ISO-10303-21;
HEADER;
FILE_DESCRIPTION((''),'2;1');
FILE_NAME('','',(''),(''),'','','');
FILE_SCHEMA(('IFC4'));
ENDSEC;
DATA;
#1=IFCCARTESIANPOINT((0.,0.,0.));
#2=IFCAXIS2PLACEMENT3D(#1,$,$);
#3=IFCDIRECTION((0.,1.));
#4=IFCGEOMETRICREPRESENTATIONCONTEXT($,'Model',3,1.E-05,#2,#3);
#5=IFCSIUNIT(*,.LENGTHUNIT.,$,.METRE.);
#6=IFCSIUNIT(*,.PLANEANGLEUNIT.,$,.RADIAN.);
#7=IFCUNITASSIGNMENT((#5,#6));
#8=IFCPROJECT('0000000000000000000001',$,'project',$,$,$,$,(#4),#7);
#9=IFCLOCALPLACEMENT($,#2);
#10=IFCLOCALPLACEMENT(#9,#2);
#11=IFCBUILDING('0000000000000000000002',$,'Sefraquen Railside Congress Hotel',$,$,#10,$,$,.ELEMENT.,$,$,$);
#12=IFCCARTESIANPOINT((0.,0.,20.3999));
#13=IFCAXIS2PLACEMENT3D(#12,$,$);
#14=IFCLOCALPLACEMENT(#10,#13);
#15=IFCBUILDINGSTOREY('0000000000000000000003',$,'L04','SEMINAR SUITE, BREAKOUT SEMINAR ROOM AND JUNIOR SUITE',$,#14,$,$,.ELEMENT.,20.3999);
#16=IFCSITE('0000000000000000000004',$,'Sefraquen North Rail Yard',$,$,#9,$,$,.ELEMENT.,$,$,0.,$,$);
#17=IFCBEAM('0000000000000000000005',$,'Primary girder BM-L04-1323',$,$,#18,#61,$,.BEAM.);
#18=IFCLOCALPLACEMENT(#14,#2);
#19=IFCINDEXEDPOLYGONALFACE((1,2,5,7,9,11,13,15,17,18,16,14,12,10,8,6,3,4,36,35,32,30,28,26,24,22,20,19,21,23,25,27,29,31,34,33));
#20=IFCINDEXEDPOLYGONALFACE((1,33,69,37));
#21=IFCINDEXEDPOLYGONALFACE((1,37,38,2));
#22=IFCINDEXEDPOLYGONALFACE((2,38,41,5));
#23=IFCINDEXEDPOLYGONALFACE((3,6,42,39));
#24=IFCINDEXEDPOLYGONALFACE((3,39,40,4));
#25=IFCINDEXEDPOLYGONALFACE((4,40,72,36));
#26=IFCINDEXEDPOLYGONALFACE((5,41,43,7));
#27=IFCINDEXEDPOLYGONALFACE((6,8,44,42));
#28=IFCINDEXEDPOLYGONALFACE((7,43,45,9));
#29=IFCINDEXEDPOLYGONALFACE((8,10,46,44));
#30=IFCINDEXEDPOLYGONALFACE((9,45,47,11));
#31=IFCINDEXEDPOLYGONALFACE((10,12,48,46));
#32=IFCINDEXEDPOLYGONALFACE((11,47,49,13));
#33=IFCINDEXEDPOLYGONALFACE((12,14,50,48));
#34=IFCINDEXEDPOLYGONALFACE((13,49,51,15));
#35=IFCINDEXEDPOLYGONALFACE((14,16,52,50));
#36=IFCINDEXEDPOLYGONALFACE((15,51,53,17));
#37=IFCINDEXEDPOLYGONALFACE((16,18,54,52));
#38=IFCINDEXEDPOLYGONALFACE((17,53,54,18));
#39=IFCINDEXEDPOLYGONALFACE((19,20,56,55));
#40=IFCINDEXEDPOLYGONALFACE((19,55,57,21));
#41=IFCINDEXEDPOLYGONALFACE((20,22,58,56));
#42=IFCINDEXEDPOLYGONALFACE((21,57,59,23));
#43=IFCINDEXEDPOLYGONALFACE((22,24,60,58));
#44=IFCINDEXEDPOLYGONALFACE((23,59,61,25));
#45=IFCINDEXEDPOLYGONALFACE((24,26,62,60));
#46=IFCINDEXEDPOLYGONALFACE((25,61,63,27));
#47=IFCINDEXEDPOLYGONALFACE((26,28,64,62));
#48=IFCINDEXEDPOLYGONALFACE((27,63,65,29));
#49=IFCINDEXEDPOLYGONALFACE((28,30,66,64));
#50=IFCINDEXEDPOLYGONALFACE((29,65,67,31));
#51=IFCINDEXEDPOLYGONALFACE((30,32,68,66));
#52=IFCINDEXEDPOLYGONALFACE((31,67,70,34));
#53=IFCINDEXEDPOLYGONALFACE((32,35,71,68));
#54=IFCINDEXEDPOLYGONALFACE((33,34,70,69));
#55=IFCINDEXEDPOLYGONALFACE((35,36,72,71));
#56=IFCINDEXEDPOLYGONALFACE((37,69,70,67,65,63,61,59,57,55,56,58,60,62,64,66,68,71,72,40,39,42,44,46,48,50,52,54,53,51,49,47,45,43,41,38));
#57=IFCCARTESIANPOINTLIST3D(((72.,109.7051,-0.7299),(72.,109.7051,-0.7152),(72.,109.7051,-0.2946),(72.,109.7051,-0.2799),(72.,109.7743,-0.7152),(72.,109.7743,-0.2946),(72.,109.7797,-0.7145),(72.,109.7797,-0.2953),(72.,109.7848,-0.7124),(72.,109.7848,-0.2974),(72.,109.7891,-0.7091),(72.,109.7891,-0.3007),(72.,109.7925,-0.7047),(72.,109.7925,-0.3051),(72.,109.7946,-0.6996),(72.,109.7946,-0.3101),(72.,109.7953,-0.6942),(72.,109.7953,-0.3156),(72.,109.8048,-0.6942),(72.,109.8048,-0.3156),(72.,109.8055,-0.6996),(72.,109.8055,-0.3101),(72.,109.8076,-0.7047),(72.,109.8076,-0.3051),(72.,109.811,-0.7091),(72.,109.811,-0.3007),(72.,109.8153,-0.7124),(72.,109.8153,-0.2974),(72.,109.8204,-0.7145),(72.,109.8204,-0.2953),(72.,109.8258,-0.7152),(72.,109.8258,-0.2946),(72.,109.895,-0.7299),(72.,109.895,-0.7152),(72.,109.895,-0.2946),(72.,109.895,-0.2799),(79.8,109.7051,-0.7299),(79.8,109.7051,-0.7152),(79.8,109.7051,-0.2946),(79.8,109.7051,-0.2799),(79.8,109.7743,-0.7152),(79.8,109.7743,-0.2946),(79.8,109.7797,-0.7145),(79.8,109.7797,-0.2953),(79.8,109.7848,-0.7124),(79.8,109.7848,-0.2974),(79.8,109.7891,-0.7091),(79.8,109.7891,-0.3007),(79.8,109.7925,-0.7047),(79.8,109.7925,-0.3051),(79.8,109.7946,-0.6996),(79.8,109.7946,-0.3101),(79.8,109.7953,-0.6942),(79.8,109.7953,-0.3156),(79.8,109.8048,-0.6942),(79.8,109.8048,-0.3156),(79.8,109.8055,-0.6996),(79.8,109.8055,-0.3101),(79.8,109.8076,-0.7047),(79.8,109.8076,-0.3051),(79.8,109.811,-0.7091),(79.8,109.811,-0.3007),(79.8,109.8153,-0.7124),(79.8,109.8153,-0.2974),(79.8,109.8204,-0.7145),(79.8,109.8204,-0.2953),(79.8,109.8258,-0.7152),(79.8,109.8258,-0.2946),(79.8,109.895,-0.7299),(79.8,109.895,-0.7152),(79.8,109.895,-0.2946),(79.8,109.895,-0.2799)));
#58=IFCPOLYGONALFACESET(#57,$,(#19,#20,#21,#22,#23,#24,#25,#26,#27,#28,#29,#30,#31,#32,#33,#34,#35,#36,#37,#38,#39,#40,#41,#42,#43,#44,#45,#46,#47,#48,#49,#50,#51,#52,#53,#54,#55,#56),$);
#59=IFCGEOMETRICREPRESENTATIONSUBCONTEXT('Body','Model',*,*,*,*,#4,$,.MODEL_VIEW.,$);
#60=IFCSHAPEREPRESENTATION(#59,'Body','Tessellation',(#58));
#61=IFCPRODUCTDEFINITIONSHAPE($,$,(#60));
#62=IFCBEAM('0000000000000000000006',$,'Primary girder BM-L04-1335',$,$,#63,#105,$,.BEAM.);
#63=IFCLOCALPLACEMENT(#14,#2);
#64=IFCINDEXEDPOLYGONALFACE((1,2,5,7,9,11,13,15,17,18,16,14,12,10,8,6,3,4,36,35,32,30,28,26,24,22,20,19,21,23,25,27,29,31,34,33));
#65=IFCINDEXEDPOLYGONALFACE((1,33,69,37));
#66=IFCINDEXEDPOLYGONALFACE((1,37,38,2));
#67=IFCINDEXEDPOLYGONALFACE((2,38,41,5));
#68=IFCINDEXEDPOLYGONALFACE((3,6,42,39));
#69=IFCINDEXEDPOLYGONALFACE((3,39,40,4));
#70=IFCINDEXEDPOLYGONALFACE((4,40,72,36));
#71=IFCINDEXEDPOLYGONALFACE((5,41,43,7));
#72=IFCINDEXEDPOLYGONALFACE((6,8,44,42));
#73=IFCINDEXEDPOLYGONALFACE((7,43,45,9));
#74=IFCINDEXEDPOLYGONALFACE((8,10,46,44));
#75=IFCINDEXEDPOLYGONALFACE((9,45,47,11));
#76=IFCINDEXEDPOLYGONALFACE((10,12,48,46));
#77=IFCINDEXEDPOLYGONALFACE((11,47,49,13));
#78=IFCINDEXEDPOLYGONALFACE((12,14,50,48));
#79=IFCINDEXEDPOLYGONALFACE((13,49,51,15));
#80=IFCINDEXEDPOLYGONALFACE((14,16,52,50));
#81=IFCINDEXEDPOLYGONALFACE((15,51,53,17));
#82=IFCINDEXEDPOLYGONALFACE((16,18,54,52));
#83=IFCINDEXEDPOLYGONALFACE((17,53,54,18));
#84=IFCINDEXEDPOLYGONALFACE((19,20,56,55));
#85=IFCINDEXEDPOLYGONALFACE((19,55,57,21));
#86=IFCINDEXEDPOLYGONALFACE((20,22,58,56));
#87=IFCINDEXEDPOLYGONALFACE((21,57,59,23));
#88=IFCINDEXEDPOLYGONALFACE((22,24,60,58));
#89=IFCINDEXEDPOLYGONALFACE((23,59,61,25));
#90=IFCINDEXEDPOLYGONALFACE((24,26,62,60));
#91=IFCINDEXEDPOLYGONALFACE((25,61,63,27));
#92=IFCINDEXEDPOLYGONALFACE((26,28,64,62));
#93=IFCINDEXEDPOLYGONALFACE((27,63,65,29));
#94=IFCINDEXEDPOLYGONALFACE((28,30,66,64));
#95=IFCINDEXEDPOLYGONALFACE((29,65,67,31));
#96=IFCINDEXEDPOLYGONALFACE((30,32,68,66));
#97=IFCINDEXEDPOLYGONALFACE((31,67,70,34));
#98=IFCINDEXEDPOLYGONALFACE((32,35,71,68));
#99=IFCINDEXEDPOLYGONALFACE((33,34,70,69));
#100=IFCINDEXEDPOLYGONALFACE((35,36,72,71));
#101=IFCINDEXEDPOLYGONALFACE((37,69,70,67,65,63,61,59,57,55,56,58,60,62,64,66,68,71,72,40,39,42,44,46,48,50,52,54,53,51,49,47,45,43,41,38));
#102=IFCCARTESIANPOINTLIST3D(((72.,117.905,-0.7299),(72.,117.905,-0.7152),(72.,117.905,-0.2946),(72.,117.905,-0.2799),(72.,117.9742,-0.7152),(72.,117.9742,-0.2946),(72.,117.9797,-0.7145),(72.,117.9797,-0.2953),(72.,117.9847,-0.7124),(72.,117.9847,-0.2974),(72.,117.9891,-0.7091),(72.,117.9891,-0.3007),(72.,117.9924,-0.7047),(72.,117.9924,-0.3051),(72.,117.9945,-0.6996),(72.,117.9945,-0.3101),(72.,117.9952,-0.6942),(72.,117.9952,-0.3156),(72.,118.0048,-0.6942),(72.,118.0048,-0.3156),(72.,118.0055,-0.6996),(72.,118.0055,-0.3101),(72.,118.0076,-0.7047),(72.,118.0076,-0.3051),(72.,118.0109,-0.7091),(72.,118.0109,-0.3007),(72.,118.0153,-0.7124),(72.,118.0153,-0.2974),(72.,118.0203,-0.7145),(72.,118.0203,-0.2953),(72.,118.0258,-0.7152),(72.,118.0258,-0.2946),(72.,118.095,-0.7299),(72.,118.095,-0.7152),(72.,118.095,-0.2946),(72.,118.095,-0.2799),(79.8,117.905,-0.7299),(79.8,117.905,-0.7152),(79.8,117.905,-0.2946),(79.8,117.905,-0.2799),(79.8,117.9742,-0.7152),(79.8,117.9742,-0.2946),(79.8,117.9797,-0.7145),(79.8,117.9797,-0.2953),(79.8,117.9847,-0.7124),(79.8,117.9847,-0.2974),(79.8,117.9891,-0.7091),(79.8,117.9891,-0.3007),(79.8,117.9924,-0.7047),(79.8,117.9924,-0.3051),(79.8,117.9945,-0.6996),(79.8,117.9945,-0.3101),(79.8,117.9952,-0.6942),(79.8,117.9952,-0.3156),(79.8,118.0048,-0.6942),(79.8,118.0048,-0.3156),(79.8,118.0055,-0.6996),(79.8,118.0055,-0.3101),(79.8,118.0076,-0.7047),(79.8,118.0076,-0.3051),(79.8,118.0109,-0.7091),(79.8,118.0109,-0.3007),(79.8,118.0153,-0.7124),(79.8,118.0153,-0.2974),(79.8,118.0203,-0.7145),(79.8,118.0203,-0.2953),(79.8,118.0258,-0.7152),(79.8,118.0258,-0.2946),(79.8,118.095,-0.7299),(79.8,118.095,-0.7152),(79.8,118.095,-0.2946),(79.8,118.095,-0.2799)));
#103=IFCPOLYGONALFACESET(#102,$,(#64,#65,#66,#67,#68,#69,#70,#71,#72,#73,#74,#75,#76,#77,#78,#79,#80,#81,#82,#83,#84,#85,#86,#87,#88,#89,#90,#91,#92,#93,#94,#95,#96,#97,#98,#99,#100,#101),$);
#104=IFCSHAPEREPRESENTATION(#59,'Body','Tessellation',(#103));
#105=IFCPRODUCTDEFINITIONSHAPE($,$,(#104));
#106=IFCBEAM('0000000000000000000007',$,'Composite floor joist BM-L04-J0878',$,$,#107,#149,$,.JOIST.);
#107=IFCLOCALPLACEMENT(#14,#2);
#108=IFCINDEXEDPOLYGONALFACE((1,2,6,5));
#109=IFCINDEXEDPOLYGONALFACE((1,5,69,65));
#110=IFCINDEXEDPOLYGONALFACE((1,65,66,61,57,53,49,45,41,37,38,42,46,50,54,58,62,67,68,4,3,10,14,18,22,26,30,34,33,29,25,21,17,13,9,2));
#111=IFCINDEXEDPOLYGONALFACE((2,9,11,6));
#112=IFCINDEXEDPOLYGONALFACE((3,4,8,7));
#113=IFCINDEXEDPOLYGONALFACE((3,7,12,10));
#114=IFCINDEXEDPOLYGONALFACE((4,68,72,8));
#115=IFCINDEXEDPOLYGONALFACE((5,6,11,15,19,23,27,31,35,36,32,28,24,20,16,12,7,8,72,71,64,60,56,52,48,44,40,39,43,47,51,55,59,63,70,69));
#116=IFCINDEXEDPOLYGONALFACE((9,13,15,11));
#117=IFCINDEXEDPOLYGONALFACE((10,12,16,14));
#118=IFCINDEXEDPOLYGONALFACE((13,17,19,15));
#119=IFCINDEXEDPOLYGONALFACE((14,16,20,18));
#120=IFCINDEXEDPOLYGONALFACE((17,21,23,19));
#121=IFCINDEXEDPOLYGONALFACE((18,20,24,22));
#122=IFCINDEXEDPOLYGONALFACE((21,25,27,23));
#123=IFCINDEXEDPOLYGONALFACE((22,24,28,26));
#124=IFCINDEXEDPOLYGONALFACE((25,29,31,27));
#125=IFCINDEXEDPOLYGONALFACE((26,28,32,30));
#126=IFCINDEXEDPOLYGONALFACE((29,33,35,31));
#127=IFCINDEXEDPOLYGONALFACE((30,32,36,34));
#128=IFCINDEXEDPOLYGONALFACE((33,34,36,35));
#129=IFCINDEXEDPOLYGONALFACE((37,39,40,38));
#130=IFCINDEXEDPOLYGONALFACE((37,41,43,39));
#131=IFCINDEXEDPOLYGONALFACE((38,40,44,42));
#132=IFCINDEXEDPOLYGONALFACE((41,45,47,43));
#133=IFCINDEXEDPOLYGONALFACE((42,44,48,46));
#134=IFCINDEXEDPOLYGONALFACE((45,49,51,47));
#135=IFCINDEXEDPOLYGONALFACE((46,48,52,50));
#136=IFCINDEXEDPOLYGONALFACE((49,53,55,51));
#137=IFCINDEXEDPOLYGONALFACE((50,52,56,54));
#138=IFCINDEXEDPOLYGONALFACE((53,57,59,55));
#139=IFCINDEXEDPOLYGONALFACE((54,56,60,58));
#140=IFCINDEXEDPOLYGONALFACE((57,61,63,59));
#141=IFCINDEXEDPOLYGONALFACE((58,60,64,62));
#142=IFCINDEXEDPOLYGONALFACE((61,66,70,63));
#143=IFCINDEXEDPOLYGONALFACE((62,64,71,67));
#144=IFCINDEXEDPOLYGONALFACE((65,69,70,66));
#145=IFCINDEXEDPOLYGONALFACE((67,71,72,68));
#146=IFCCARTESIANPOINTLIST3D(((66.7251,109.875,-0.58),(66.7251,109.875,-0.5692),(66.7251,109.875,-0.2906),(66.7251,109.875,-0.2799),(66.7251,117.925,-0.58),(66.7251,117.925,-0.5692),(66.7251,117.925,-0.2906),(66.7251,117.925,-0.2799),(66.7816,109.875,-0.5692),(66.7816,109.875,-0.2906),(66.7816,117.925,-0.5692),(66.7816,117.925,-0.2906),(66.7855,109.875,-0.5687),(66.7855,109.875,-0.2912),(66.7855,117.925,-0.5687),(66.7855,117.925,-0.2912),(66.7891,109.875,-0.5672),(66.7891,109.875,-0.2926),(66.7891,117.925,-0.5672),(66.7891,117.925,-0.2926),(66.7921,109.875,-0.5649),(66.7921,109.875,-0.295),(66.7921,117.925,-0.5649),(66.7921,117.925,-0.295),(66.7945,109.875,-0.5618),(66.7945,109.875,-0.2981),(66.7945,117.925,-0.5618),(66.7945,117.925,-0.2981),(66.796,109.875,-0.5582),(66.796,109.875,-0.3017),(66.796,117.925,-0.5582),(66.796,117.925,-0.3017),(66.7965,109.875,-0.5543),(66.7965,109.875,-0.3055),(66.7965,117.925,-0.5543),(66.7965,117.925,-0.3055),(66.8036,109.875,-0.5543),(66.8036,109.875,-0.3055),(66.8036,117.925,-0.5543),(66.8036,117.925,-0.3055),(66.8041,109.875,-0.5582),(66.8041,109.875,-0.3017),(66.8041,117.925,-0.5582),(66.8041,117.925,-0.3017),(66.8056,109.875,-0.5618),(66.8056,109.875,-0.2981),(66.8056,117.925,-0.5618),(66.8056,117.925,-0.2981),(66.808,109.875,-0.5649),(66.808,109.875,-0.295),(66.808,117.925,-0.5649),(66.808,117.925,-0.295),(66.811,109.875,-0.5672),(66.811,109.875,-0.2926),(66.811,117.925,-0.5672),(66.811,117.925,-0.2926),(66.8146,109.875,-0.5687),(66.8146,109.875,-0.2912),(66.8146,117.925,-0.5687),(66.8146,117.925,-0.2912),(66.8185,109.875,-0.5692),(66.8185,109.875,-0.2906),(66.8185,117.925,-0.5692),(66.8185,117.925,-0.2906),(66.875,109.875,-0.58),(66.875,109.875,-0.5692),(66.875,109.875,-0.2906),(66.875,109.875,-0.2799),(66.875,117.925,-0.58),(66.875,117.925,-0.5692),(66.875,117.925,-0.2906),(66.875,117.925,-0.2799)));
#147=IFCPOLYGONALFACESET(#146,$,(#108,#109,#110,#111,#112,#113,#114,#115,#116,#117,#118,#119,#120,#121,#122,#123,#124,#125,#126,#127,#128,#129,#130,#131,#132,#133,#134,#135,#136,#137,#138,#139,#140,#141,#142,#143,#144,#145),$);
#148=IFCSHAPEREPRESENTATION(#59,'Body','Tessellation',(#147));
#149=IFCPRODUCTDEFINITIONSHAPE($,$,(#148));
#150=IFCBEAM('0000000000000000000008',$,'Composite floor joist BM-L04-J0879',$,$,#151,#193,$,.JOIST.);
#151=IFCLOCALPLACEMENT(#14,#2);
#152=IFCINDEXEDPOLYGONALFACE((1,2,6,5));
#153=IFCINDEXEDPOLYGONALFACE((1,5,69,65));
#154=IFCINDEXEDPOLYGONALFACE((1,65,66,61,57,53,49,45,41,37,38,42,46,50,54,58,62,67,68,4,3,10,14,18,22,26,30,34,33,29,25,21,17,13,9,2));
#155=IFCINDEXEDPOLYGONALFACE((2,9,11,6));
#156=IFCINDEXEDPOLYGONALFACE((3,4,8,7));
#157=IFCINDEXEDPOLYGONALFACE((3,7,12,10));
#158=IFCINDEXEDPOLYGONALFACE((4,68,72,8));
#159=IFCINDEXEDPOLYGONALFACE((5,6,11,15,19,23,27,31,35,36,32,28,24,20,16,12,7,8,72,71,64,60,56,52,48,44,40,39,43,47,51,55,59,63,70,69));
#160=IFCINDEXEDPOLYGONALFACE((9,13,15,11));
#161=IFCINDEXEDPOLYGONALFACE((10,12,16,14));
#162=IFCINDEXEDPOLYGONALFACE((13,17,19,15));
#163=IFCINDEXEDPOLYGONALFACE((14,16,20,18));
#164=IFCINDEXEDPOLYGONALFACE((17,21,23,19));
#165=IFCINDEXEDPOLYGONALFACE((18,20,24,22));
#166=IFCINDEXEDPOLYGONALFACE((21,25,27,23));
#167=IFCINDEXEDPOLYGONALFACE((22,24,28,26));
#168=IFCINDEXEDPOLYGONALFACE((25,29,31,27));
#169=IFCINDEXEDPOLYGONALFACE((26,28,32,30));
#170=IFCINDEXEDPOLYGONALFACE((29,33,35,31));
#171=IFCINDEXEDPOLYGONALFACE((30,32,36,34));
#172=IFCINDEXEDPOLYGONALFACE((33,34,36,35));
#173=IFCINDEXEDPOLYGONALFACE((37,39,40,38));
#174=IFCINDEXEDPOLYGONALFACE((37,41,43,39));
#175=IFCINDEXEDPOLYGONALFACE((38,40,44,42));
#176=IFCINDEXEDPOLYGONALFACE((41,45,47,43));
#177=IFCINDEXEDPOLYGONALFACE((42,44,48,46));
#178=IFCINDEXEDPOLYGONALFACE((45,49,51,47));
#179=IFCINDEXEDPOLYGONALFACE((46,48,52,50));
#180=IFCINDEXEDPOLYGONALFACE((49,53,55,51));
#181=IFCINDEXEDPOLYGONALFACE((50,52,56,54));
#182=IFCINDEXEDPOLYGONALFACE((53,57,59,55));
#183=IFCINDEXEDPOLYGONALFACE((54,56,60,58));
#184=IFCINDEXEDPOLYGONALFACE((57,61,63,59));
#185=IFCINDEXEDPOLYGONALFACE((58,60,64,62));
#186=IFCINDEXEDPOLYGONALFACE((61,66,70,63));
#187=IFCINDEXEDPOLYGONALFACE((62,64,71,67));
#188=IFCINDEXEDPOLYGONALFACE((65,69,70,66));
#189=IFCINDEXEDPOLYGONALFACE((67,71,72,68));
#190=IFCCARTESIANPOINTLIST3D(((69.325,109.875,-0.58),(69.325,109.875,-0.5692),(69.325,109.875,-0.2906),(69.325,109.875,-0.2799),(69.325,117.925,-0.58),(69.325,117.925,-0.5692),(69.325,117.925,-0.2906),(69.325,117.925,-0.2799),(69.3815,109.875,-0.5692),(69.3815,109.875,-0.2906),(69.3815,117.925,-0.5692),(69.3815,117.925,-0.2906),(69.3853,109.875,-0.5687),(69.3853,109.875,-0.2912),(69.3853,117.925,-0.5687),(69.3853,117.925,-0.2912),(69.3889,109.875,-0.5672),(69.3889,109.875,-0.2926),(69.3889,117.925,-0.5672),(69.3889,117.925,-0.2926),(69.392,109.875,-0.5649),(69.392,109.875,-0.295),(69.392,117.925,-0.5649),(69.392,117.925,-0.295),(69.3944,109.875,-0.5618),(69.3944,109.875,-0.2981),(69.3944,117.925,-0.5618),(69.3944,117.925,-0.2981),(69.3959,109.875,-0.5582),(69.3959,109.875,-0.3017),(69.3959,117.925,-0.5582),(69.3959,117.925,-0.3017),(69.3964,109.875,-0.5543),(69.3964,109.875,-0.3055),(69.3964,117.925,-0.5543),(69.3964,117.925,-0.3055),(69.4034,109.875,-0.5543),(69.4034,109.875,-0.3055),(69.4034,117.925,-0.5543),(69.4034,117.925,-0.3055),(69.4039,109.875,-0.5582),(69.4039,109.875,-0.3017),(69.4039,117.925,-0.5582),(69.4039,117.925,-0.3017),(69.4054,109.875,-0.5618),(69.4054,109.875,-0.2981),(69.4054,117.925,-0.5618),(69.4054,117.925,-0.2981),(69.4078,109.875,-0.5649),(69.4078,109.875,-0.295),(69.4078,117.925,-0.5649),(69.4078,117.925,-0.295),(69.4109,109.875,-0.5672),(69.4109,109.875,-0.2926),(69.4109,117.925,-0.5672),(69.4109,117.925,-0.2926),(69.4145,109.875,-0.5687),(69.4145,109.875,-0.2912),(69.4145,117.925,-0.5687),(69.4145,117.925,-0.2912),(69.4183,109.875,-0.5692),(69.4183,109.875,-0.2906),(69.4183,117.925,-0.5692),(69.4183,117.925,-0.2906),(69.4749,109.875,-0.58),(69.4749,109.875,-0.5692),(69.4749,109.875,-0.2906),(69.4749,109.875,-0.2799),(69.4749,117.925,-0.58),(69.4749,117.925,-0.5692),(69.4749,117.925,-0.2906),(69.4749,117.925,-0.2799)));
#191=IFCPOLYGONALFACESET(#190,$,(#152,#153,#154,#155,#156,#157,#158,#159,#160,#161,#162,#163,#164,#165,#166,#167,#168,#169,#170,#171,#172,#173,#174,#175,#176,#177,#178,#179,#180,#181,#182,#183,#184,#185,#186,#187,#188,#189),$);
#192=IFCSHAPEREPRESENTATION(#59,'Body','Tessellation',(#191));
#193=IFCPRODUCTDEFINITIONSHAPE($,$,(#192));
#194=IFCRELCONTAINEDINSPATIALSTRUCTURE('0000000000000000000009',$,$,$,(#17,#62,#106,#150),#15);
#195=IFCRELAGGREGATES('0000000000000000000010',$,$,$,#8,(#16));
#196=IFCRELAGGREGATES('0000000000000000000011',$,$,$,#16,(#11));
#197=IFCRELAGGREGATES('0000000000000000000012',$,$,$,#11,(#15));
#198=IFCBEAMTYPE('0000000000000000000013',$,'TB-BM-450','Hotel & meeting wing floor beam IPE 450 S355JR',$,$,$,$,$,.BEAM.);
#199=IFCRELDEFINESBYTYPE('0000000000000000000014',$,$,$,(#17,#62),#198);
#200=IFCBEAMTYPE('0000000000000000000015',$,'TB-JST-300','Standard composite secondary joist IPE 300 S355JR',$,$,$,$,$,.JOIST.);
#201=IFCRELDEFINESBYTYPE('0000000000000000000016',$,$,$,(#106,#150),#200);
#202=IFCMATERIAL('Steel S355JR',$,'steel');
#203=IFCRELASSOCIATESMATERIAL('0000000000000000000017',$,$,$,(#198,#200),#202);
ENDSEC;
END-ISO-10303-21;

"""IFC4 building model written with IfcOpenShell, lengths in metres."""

from ifc_helpers import new_model, si_unit, direction, frame, origin, origin_2d, place, context, subcontext, project, spatial, i_section, extrude, material, material_profile, profile_set, type_object, element, save


model = new_model("IFC4")

# Units and contexts
model_context = context("Model", 3, precision=1e-05, world=origin(), true_north=direction((0.0, 1.0)))
body_context = subcontext(model_context, "Body", "Model", "MODEL_VIEW")
ifc_project = project(units=[si_unit("LENGTHUNIT", "METRE"), si_unit("PLANEANGLEUNIT", "RADIAN")], contexts=[model_context])

# Site, building, storey
site_placement = place(None, origin())
site = spatial("IfcSite", under=ifc_project, at=site_placement, Name="Sefraquen North Rail Yard", CompositionType="ELEMENT", RefElevation=0.0)
building_placement = place(site_placement, origin())
building = spatial("IfcBuilding", under=site, at=building_placement, Name="Sefraquen Railside Congress Hotel", CompositionType="ELEMENT")
storey_placement = place(building_placement, frame((0.0, 0.0, 20.3999)))
storey = spatial("IfcBuildingStorey", under=building, at=storey_placement, Name="L04", Description="SEMINAR SUITE, BREAKOUT SEMINAR ROOM AND JUNIOR SUITE", CompositionType="ELEMENT", Elevation=20.3999)

# Shared definitions
ifc_material_1 = material(Name="Steel S355JR", Category="steel")

# Beams
ifc_material_profile_1 = material_profile(ifc_material_1, i_section(OverallWidth=0.1899, OverallDepth=0.45, WebThickness=0.0095, FlangeThickness=0.0146, FilletRadius=0.021, at=origin_2d()), Name="IPE 450")
ifc_profile_set_1 = profile_set([ifc_material_profile_1], Name="Steel S355JR")
beam_type_1 = type_object("IfcBeamType", Name="TB-BM-450", Description="Hotel & meeting wing floor beam IPE 450 S355JR", PredefinedType="BEAM", material=ifc_profile_set_1)
for number, where, z_axis, x_axis, name in (
    (1, (72.0, 109.8, -0.5049), (1.0, 0.0, 0.0), (0.0, 1.0, 0.0), "Primary girder BM-L04-1323"),
    (2, (72.0, 118.0, -0.5049), (1.0, 0.0, 0.0), (0.0, 1.0, 0.0), "Primary girder BM-L04-1335"),
):
    element("IfcBeam", number, at=place(storey_placement, frame(where, z_axis=z_axis, x_axis=x_axis)), inside=storey, type_object=beam_type_1, Name=name, PredefinedType="BEAM", context=body_context, shape_type="SweptSolid", body=[
        extrude(i_section(OverallWidth=0.1899, OverallDepth=0.45, WebThickness=0.0095, FlangeThickness=0.0146, FilletRadius=0.021, at=origin_2d()), origin(), (0.0, 0.0, 1.0), 7.8),
    ])
ifc_material_profile_2 = material_profile(ifc_material_1, i_section(OverallWidth=0.1499, OverallDepth=0.3, WebThickness=0.0071, FlangeThickness=0.0107, FilletRadius=0.0149, at=origin_2d()), Name="IPE 300")
ifc_profile_set_2 = profile_set([ifc_material_profile_2], Name="Steel S355JR")
beam_type_2 = type_object("IfcBeamType", Name="TB-JST-300", Description="Standard composite secondary joist IPE 300 S355JR", PredefinedType="JOIST", material=ifc_profile_set_2)
for number, where, z_axis, x_axis, name in (
    (3, (66.8, 109.875, -0.4299), (0.0, 1.0, 0.0), (-1.0, 0.0, 0.0), "Composite floor joist BM-L04-J0878"),
    (4, (69.3999, 109.875, -0.4299), (0.0, 1.0, 0.0), (-1.0, 0.0, 0.0), "Composite floor joist BM-L04-J0879"),
):
    element("IfcBeam", number, at=place(storey_placement, frame(where, z_axis=z_axis, x_axis=x_axis)), inside=storey, type_object=beam_type_2, Name=name, PredefinedType="JOIST", context=body_context, shape_type="SweptSolid", body=[
        extrude(i_section(OverallWidth=0.1499, OverallDepth=0.3, WebThickness=0.0071, FlangeThickness=0.0107, FilletRadius=0.0149, at=origin_2d()), origin(), (0.0, 0.0, 1.0), 8.05),
    ])

save(model, "model.ifc")
